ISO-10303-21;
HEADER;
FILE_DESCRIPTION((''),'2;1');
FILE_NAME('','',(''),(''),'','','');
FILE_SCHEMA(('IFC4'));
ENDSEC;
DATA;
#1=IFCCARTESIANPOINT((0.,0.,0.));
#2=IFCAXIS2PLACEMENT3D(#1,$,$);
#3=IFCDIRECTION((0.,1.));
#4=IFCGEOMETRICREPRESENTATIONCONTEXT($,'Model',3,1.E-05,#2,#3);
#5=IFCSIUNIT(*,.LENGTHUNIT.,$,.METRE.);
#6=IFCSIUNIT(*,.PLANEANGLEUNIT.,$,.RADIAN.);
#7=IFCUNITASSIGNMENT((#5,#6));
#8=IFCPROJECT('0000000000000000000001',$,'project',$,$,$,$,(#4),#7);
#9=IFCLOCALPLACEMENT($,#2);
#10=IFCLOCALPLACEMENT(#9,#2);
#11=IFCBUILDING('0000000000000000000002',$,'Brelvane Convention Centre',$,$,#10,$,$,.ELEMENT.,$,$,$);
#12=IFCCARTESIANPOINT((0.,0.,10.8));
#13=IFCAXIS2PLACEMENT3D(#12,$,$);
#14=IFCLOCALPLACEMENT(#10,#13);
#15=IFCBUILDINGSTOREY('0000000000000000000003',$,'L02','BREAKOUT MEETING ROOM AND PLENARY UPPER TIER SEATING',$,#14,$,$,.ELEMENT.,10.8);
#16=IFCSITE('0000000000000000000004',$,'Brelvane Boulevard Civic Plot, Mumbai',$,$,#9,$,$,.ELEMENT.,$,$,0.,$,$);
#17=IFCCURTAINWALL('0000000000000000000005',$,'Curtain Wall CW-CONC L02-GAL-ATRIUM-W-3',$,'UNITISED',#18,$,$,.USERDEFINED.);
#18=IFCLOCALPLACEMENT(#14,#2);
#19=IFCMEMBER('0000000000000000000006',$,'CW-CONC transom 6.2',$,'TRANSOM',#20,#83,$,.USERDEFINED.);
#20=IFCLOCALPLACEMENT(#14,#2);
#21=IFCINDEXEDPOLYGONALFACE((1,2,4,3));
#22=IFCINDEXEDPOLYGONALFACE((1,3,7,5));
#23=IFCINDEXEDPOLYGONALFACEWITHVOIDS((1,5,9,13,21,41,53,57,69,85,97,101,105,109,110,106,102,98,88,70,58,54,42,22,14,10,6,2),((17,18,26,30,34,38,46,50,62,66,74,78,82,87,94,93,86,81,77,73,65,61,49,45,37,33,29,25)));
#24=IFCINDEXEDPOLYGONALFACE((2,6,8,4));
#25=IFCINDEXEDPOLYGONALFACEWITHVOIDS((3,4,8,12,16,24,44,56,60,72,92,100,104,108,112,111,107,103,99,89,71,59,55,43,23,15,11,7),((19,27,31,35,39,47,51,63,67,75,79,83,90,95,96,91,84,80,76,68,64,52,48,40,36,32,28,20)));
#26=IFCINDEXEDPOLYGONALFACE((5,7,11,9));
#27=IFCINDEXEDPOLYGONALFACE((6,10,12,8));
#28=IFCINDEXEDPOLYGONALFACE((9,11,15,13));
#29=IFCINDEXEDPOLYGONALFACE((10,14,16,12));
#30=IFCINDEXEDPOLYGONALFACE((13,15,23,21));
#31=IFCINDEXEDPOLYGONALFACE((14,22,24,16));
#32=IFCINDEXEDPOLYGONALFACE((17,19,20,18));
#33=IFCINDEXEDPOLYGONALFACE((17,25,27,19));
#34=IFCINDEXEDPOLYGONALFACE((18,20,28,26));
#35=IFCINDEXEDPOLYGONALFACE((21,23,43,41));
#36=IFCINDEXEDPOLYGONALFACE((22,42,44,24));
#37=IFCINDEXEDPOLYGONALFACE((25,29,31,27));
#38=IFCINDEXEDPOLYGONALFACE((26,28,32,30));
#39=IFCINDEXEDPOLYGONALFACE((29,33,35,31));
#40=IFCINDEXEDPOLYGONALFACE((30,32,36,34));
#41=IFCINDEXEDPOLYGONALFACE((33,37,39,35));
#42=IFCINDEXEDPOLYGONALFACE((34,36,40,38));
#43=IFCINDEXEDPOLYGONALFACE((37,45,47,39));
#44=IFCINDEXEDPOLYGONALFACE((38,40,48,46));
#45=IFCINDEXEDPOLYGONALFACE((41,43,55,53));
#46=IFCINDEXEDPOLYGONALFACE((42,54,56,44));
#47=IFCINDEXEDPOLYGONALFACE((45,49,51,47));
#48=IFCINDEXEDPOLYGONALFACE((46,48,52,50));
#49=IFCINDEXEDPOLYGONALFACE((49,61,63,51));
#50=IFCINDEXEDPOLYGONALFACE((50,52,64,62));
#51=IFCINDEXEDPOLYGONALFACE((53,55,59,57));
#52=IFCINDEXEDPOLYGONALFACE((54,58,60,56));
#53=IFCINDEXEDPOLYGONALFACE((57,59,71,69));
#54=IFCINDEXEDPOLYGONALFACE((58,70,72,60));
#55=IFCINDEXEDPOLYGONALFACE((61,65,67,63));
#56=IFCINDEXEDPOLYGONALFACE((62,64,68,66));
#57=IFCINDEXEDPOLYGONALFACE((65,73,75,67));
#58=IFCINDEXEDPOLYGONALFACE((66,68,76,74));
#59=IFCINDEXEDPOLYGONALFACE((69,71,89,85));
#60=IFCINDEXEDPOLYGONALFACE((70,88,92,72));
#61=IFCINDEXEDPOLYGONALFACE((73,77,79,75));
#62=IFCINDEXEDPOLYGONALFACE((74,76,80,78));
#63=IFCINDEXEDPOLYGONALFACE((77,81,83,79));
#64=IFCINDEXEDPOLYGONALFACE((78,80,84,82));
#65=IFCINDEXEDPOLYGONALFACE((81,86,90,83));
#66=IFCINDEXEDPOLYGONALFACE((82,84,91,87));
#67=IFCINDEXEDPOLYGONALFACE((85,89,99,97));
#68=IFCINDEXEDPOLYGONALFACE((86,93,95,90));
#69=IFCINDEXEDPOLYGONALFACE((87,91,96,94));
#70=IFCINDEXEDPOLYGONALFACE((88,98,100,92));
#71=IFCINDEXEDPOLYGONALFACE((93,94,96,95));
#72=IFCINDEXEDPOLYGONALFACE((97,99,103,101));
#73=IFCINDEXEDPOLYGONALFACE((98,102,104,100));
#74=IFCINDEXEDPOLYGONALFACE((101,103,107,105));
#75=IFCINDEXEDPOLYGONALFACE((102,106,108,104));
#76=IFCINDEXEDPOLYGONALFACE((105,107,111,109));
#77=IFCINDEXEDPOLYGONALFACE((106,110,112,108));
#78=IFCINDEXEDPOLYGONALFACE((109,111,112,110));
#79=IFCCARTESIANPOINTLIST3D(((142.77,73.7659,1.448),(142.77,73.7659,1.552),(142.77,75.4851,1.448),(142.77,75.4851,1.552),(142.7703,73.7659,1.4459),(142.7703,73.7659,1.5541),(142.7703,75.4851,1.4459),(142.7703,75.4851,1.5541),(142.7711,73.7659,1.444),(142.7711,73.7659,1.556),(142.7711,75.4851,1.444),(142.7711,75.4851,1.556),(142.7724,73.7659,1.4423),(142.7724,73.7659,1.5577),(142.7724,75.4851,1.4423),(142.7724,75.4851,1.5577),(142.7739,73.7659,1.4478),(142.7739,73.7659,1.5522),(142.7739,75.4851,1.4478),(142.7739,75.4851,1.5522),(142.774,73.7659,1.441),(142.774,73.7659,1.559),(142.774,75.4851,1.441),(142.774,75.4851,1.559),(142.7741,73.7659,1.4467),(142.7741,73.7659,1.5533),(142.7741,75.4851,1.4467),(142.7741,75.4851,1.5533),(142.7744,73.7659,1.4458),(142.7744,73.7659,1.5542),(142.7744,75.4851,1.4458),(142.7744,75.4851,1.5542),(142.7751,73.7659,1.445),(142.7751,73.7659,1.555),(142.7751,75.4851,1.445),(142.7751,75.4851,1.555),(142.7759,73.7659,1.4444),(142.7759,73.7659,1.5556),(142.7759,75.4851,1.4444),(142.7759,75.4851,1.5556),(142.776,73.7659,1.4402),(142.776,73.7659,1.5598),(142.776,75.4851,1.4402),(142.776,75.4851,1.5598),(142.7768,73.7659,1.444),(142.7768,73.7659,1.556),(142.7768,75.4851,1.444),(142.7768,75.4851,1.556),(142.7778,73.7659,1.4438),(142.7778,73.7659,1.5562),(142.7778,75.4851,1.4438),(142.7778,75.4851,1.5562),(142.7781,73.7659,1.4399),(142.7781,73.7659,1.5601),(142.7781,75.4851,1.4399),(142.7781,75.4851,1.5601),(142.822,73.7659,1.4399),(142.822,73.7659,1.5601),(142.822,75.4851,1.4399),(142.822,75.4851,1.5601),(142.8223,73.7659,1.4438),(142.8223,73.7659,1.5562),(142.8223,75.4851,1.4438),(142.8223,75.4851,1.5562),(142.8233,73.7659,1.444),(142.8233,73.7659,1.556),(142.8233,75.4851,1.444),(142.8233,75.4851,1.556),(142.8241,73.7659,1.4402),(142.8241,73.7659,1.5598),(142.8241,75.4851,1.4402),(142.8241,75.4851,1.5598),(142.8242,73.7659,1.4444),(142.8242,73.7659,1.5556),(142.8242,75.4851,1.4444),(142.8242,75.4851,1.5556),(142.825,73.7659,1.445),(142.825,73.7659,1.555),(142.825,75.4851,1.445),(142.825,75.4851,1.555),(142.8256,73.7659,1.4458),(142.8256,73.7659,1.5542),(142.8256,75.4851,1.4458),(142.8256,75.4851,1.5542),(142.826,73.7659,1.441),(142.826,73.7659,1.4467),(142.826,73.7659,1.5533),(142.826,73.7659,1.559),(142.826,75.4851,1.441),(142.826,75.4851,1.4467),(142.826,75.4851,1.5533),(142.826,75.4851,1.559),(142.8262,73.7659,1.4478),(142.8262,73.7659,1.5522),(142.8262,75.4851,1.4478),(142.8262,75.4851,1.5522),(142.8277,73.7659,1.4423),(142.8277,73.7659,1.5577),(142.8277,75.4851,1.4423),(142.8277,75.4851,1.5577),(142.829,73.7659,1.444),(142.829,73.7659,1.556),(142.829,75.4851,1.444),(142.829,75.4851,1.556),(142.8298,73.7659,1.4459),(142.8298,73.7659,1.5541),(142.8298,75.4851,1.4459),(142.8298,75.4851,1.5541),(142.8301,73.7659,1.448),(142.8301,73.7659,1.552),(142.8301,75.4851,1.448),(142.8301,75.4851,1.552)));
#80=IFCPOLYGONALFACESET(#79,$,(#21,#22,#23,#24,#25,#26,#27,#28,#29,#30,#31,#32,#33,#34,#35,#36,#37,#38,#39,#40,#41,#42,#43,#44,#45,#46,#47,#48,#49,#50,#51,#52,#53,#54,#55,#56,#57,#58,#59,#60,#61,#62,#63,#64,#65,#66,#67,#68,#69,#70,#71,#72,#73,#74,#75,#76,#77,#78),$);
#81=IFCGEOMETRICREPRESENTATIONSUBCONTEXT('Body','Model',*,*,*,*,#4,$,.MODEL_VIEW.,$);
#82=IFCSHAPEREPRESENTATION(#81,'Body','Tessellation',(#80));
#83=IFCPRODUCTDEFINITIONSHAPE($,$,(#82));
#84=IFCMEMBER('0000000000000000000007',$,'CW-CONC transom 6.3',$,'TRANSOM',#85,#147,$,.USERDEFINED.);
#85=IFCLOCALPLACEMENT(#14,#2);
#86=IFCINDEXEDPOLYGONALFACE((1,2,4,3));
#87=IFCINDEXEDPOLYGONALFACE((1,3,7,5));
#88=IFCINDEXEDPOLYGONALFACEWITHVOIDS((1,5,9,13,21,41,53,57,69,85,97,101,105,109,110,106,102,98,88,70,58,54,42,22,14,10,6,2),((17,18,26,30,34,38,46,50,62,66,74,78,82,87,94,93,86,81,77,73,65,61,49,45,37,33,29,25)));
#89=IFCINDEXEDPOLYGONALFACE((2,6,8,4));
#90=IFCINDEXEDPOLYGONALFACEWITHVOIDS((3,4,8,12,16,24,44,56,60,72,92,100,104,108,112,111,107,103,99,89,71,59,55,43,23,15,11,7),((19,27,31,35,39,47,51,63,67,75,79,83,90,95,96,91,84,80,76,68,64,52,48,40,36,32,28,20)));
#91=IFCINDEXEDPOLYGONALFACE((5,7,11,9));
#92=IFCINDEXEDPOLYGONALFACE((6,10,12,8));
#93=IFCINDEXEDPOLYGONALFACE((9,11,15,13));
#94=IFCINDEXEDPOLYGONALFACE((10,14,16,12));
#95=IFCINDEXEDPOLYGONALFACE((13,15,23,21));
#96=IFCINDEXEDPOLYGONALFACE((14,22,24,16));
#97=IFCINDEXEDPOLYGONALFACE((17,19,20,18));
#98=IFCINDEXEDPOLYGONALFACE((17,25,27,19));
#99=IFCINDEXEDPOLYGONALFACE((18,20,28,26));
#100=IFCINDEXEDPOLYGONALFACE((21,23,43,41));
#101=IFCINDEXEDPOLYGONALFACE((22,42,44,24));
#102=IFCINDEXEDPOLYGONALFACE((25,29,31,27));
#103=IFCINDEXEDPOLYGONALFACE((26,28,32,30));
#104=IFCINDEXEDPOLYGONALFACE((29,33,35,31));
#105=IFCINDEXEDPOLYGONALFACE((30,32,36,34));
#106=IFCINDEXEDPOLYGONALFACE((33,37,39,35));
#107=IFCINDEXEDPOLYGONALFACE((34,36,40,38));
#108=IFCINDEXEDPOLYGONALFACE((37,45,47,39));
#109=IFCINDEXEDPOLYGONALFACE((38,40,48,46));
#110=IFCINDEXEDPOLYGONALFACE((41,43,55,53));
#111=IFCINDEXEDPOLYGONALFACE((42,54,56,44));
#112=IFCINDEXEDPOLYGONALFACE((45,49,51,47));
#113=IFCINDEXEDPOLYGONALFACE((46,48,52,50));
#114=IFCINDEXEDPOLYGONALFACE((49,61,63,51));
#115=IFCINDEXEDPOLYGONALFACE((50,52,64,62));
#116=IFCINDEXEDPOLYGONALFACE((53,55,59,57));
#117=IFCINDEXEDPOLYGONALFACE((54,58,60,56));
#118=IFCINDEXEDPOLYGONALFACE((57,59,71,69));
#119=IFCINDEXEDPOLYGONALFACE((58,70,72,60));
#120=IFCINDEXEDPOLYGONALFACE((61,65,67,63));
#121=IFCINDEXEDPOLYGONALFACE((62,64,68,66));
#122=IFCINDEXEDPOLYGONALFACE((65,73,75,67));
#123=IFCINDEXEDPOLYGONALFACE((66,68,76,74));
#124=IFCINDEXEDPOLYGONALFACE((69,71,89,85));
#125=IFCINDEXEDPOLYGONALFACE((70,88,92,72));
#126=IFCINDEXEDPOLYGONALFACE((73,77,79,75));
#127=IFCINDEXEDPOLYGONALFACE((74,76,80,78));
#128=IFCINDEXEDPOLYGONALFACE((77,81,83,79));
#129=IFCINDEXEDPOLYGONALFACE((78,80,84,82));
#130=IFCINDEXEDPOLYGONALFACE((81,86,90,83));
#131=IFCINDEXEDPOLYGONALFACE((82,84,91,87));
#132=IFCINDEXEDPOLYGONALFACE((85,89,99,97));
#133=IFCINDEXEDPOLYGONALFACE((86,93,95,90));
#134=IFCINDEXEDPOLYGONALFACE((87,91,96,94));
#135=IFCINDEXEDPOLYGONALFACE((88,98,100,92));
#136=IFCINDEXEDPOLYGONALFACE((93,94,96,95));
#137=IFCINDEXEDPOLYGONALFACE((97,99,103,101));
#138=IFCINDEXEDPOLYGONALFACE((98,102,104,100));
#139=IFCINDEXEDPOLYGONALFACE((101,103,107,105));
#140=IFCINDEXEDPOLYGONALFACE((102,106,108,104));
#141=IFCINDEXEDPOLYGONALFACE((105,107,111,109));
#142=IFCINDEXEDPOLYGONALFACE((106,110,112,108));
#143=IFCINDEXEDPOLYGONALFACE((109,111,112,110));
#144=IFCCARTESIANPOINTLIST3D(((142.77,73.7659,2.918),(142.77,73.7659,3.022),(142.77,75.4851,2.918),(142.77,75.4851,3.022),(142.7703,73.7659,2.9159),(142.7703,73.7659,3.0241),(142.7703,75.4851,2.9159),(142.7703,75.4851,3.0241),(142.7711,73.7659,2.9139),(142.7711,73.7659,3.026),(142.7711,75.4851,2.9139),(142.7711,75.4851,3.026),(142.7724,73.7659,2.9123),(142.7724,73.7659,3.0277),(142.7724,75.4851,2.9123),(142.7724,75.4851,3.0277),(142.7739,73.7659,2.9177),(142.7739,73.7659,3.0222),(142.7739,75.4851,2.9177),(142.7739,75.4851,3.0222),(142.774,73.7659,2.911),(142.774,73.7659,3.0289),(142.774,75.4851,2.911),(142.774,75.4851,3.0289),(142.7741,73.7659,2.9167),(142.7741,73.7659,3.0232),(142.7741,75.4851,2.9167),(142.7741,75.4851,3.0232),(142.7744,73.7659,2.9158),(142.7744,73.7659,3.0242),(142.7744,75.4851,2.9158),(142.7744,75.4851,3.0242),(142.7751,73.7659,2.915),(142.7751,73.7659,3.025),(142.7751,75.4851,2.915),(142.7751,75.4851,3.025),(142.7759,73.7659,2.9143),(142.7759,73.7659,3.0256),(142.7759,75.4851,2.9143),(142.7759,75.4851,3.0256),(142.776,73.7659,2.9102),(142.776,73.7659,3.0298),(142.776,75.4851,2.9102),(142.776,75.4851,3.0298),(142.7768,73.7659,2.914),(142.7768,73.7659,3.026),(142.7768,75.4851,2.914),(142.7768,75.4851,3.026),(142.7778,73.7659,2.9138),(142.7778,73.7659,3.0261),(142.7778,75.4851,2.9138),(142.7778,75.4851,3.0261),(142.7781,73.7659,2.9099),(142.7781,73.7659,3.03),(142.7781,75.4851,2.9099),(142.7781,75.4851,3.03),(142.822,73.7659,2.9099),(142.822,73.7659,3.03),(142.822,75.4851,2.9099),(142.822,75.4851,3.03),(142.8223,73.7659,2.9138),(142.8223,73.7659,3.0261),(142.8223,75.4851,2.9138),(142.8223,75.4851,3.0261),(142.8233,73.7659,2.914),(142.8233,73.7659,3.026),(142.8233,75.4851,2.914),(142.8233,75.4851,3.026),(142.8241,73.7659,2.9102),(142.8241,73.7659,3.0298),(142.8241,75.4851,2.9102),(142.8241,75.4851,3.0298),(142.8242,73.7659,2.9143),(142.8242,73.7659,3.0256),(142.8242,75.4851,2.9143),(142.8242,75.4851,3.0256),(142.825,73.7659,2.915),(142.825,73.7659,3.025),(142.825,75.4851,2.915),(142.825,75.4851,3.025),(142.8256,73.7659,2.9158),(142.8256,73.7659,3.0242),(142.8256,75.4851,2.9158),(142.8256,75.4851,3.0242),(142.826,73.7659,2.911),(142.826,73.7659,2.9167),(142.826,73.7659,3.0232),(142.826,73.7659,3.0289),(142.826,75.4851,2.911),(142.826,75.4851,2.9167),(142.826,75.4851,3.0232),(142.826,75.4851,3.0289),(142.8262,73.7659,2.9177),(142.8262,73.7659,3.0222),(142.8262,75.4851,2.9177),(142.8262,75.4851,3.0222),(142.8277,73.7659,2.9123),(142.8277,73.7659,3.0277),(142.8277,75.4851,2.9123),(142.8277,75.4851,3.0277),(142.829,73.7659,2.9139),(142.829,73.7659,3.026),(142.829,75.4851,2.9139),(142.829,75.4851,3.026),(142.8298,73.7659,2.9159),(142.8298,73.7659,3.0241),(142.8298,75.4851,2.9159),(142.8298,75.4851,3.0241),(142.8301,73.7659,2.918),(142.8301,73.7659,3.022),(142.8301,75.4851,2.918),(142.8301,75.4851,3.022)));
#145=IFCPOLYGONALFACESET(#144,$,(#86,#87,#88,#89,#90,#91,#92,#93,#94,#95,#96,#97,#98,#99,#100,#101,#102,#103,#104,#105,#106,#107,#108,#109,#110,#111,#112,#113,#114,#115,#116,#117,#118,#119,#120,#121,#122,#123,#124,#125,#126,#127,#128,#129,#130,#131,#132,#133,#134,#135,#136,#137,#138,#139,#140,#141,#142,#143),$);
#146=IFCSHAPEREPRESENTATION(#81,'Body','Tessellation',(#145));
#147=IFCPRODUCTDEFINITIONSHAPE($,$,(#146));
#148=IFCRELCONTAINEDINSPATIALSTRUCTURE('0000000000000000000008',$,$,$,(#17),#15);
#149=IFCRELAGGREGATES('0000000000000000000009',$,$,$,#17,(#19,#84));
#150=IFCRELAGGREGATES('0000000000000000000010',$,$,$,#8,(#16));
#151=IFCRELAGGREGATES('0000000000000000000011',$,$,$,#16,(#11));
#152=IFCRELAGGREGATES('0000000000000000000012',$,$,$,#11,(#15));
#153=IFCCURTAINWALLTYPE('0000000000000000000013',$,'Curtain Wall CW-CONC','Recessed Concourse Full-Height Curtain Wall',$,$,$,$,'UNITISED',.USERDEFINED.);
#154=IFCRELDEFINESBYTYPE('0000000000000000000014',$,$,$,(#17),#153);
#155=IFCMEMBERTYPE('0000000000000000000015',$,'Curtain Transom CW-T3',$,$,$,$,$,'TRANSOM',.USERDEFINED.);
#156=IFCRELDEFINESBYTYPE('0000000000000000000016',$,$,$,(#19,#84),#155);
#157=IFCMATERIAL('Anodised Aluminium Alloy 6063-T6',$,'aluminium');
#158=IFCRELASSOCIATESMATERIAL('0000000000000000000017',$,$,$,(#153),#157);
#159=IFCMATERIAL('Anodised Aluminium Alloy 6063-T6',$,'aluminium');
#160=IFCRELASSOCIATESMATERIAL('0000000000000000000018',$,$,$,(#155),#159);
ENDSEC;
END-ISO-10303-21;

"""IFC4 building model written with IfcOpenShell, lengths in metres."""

from ifc_helpers import new_model, si_unit, direction, frame, origin, origin_2d, place, context, subcontext, project, spatial, hollow_rectangle, extrude, material, material_profile, profile_set, type_object, element, aggregate, save


model = new_model("IFC4")

# Units and contexts
model_context = context("Model", 3, precision=1e-05, world=origin(), true_north=direction((0.0, 1.0)))
body_context = subcontext(model_context, "Body", "Model", "MODEL_VIEW")
ifc_project = project(units=[si_unit("LENGTHUNIT", "METRE"), si_unit("PLANEANGLEUNIT", "RADIAN")], contexts=[model_context])

# Site, building, storey
site_placement = place(None, origin())
site = spatial("IfcSite", under=ifc_project, at=site_placement, Name="Brelvane Boulevard Civic Plot, Mumbai", CompositionType="ELEMENT", RefElevation=0.0)
building_placement = place(site_placement, origin())
building = spatial("IfcBuilding", under=site, at=building_placement, Name="Brelvane Convention Centre", CompositionType="ELEMENT")
storey_placement = place(building_placement, frame((0.0, 0.0, 10.8)))
storey = spatial("IfcBuildingStorey", under=building, at=storey_placement, Name="L02", Description="BREAKOUT MEETING ROOM AND PLENARY UPPER TIER SEATING", CompositionType="ELEMENT", Elevation=10.8)

# Curtain wall
ifc_material_1 = material(Name="Anodised Aluminium Alloy 6063-T6", Category="aluminium")
curtain_wall_type = type_object("IfcCurtainWallType", Name="Curtain Wall CW-CONC", Description="Recessed Concourse Full-Height Curtain Wall", ElementType="UNITISED", PredefinedType="USERDEFINED", material=ifc_material_1)
curtain_wall_1_placement = place(storey_placement, origin())
curtain_wall_1 = element("IfcCurtainWall", 1, at=curtain_wall_1_placement, inside=storey, type_object=curtain_wall_type, Name="Curtain Wall CW-CONC L02-GAL-ATRIUM-W-3", ObjectType="UNITISED", PredefinedType="USERDEFINED")

# Members
ifc_material_2 = material(Name="Anodised Aluminium Alloy 6063-T6", Category="aluminium")
ifc_material_profile_1 = material_profile(ifc_material_2, hollow_rectangle(XDim=0.0601, YDim=0.1201, WallThickness=0.0039, InnerFilletRadius=0.0039, OuterFilletRadius=0.0081, at=origin_2d()), Name="ALU-T 120x60x4.0")
ifc_profile_set_1 = profile_set([ifc_material_profile_1], Name="Anodised Aluminium Alloy 6063-T6")
member_type_1 = type_object("IfcMemberType", Name="Curtain Transom CW-T3", ElementType="TRANSOM", PredefinedType="USERDEFINED", material=ifc_profile_set_1)
member_1_placement = place(storey_placement, frame((142.8, 73.7659, 1.5), z_axis=(0.0, 1.0, 0.0), x_axis=(-1.0, 0.0, 0.0)))
member_1 = element("IfcMember", 2, at=member_1_placement, type_object=member_type_1, Name="CW-CONC transom 6.2", ObjectType="TRANSOM", PredefinedType="USERDEFINED", context=body_context, shape_type="SweptSolid", body=[
    extrude(hollow_rectangle(XDim=0.0601, YDim=0.1201, WallThickness=0.0039, InnerFilletRadius=0.0039, OuterFilletRadius=0.0081, at=origin_2d()), origin(), (0.0, 0.0, 1.0), 1.7192),
])
member_2_placement = place(storey_placement, frame((142.8, 73.7659, 2.97), z_axis=(0.0, 1.0, 0.0), x_axis=(-1.0, 0.0, 0.0)))
member_2 = element("IfcMember", 3, at=member_2_placement, type_object=member_type_1, Name="CW-CONC transom 6.3", ObjectType="TRANSOM", PredefinedType="USERDEFINED", context=body_context, shape_type="SweptSolid", body=[
    extrude(hollow_rectangle(XDim=0.0601, YDim=0.1201, WallThickness=0.0039, InnerFilletRadius=0.0039, OuterFilletRadius=0.0081, at=origin_2d()), origin(), (0.0, 0.0, 1.0), 1.7192),
])

aggregate(curtain_wall_1, [member_1, member_2])

save(model, "model.ifc")
